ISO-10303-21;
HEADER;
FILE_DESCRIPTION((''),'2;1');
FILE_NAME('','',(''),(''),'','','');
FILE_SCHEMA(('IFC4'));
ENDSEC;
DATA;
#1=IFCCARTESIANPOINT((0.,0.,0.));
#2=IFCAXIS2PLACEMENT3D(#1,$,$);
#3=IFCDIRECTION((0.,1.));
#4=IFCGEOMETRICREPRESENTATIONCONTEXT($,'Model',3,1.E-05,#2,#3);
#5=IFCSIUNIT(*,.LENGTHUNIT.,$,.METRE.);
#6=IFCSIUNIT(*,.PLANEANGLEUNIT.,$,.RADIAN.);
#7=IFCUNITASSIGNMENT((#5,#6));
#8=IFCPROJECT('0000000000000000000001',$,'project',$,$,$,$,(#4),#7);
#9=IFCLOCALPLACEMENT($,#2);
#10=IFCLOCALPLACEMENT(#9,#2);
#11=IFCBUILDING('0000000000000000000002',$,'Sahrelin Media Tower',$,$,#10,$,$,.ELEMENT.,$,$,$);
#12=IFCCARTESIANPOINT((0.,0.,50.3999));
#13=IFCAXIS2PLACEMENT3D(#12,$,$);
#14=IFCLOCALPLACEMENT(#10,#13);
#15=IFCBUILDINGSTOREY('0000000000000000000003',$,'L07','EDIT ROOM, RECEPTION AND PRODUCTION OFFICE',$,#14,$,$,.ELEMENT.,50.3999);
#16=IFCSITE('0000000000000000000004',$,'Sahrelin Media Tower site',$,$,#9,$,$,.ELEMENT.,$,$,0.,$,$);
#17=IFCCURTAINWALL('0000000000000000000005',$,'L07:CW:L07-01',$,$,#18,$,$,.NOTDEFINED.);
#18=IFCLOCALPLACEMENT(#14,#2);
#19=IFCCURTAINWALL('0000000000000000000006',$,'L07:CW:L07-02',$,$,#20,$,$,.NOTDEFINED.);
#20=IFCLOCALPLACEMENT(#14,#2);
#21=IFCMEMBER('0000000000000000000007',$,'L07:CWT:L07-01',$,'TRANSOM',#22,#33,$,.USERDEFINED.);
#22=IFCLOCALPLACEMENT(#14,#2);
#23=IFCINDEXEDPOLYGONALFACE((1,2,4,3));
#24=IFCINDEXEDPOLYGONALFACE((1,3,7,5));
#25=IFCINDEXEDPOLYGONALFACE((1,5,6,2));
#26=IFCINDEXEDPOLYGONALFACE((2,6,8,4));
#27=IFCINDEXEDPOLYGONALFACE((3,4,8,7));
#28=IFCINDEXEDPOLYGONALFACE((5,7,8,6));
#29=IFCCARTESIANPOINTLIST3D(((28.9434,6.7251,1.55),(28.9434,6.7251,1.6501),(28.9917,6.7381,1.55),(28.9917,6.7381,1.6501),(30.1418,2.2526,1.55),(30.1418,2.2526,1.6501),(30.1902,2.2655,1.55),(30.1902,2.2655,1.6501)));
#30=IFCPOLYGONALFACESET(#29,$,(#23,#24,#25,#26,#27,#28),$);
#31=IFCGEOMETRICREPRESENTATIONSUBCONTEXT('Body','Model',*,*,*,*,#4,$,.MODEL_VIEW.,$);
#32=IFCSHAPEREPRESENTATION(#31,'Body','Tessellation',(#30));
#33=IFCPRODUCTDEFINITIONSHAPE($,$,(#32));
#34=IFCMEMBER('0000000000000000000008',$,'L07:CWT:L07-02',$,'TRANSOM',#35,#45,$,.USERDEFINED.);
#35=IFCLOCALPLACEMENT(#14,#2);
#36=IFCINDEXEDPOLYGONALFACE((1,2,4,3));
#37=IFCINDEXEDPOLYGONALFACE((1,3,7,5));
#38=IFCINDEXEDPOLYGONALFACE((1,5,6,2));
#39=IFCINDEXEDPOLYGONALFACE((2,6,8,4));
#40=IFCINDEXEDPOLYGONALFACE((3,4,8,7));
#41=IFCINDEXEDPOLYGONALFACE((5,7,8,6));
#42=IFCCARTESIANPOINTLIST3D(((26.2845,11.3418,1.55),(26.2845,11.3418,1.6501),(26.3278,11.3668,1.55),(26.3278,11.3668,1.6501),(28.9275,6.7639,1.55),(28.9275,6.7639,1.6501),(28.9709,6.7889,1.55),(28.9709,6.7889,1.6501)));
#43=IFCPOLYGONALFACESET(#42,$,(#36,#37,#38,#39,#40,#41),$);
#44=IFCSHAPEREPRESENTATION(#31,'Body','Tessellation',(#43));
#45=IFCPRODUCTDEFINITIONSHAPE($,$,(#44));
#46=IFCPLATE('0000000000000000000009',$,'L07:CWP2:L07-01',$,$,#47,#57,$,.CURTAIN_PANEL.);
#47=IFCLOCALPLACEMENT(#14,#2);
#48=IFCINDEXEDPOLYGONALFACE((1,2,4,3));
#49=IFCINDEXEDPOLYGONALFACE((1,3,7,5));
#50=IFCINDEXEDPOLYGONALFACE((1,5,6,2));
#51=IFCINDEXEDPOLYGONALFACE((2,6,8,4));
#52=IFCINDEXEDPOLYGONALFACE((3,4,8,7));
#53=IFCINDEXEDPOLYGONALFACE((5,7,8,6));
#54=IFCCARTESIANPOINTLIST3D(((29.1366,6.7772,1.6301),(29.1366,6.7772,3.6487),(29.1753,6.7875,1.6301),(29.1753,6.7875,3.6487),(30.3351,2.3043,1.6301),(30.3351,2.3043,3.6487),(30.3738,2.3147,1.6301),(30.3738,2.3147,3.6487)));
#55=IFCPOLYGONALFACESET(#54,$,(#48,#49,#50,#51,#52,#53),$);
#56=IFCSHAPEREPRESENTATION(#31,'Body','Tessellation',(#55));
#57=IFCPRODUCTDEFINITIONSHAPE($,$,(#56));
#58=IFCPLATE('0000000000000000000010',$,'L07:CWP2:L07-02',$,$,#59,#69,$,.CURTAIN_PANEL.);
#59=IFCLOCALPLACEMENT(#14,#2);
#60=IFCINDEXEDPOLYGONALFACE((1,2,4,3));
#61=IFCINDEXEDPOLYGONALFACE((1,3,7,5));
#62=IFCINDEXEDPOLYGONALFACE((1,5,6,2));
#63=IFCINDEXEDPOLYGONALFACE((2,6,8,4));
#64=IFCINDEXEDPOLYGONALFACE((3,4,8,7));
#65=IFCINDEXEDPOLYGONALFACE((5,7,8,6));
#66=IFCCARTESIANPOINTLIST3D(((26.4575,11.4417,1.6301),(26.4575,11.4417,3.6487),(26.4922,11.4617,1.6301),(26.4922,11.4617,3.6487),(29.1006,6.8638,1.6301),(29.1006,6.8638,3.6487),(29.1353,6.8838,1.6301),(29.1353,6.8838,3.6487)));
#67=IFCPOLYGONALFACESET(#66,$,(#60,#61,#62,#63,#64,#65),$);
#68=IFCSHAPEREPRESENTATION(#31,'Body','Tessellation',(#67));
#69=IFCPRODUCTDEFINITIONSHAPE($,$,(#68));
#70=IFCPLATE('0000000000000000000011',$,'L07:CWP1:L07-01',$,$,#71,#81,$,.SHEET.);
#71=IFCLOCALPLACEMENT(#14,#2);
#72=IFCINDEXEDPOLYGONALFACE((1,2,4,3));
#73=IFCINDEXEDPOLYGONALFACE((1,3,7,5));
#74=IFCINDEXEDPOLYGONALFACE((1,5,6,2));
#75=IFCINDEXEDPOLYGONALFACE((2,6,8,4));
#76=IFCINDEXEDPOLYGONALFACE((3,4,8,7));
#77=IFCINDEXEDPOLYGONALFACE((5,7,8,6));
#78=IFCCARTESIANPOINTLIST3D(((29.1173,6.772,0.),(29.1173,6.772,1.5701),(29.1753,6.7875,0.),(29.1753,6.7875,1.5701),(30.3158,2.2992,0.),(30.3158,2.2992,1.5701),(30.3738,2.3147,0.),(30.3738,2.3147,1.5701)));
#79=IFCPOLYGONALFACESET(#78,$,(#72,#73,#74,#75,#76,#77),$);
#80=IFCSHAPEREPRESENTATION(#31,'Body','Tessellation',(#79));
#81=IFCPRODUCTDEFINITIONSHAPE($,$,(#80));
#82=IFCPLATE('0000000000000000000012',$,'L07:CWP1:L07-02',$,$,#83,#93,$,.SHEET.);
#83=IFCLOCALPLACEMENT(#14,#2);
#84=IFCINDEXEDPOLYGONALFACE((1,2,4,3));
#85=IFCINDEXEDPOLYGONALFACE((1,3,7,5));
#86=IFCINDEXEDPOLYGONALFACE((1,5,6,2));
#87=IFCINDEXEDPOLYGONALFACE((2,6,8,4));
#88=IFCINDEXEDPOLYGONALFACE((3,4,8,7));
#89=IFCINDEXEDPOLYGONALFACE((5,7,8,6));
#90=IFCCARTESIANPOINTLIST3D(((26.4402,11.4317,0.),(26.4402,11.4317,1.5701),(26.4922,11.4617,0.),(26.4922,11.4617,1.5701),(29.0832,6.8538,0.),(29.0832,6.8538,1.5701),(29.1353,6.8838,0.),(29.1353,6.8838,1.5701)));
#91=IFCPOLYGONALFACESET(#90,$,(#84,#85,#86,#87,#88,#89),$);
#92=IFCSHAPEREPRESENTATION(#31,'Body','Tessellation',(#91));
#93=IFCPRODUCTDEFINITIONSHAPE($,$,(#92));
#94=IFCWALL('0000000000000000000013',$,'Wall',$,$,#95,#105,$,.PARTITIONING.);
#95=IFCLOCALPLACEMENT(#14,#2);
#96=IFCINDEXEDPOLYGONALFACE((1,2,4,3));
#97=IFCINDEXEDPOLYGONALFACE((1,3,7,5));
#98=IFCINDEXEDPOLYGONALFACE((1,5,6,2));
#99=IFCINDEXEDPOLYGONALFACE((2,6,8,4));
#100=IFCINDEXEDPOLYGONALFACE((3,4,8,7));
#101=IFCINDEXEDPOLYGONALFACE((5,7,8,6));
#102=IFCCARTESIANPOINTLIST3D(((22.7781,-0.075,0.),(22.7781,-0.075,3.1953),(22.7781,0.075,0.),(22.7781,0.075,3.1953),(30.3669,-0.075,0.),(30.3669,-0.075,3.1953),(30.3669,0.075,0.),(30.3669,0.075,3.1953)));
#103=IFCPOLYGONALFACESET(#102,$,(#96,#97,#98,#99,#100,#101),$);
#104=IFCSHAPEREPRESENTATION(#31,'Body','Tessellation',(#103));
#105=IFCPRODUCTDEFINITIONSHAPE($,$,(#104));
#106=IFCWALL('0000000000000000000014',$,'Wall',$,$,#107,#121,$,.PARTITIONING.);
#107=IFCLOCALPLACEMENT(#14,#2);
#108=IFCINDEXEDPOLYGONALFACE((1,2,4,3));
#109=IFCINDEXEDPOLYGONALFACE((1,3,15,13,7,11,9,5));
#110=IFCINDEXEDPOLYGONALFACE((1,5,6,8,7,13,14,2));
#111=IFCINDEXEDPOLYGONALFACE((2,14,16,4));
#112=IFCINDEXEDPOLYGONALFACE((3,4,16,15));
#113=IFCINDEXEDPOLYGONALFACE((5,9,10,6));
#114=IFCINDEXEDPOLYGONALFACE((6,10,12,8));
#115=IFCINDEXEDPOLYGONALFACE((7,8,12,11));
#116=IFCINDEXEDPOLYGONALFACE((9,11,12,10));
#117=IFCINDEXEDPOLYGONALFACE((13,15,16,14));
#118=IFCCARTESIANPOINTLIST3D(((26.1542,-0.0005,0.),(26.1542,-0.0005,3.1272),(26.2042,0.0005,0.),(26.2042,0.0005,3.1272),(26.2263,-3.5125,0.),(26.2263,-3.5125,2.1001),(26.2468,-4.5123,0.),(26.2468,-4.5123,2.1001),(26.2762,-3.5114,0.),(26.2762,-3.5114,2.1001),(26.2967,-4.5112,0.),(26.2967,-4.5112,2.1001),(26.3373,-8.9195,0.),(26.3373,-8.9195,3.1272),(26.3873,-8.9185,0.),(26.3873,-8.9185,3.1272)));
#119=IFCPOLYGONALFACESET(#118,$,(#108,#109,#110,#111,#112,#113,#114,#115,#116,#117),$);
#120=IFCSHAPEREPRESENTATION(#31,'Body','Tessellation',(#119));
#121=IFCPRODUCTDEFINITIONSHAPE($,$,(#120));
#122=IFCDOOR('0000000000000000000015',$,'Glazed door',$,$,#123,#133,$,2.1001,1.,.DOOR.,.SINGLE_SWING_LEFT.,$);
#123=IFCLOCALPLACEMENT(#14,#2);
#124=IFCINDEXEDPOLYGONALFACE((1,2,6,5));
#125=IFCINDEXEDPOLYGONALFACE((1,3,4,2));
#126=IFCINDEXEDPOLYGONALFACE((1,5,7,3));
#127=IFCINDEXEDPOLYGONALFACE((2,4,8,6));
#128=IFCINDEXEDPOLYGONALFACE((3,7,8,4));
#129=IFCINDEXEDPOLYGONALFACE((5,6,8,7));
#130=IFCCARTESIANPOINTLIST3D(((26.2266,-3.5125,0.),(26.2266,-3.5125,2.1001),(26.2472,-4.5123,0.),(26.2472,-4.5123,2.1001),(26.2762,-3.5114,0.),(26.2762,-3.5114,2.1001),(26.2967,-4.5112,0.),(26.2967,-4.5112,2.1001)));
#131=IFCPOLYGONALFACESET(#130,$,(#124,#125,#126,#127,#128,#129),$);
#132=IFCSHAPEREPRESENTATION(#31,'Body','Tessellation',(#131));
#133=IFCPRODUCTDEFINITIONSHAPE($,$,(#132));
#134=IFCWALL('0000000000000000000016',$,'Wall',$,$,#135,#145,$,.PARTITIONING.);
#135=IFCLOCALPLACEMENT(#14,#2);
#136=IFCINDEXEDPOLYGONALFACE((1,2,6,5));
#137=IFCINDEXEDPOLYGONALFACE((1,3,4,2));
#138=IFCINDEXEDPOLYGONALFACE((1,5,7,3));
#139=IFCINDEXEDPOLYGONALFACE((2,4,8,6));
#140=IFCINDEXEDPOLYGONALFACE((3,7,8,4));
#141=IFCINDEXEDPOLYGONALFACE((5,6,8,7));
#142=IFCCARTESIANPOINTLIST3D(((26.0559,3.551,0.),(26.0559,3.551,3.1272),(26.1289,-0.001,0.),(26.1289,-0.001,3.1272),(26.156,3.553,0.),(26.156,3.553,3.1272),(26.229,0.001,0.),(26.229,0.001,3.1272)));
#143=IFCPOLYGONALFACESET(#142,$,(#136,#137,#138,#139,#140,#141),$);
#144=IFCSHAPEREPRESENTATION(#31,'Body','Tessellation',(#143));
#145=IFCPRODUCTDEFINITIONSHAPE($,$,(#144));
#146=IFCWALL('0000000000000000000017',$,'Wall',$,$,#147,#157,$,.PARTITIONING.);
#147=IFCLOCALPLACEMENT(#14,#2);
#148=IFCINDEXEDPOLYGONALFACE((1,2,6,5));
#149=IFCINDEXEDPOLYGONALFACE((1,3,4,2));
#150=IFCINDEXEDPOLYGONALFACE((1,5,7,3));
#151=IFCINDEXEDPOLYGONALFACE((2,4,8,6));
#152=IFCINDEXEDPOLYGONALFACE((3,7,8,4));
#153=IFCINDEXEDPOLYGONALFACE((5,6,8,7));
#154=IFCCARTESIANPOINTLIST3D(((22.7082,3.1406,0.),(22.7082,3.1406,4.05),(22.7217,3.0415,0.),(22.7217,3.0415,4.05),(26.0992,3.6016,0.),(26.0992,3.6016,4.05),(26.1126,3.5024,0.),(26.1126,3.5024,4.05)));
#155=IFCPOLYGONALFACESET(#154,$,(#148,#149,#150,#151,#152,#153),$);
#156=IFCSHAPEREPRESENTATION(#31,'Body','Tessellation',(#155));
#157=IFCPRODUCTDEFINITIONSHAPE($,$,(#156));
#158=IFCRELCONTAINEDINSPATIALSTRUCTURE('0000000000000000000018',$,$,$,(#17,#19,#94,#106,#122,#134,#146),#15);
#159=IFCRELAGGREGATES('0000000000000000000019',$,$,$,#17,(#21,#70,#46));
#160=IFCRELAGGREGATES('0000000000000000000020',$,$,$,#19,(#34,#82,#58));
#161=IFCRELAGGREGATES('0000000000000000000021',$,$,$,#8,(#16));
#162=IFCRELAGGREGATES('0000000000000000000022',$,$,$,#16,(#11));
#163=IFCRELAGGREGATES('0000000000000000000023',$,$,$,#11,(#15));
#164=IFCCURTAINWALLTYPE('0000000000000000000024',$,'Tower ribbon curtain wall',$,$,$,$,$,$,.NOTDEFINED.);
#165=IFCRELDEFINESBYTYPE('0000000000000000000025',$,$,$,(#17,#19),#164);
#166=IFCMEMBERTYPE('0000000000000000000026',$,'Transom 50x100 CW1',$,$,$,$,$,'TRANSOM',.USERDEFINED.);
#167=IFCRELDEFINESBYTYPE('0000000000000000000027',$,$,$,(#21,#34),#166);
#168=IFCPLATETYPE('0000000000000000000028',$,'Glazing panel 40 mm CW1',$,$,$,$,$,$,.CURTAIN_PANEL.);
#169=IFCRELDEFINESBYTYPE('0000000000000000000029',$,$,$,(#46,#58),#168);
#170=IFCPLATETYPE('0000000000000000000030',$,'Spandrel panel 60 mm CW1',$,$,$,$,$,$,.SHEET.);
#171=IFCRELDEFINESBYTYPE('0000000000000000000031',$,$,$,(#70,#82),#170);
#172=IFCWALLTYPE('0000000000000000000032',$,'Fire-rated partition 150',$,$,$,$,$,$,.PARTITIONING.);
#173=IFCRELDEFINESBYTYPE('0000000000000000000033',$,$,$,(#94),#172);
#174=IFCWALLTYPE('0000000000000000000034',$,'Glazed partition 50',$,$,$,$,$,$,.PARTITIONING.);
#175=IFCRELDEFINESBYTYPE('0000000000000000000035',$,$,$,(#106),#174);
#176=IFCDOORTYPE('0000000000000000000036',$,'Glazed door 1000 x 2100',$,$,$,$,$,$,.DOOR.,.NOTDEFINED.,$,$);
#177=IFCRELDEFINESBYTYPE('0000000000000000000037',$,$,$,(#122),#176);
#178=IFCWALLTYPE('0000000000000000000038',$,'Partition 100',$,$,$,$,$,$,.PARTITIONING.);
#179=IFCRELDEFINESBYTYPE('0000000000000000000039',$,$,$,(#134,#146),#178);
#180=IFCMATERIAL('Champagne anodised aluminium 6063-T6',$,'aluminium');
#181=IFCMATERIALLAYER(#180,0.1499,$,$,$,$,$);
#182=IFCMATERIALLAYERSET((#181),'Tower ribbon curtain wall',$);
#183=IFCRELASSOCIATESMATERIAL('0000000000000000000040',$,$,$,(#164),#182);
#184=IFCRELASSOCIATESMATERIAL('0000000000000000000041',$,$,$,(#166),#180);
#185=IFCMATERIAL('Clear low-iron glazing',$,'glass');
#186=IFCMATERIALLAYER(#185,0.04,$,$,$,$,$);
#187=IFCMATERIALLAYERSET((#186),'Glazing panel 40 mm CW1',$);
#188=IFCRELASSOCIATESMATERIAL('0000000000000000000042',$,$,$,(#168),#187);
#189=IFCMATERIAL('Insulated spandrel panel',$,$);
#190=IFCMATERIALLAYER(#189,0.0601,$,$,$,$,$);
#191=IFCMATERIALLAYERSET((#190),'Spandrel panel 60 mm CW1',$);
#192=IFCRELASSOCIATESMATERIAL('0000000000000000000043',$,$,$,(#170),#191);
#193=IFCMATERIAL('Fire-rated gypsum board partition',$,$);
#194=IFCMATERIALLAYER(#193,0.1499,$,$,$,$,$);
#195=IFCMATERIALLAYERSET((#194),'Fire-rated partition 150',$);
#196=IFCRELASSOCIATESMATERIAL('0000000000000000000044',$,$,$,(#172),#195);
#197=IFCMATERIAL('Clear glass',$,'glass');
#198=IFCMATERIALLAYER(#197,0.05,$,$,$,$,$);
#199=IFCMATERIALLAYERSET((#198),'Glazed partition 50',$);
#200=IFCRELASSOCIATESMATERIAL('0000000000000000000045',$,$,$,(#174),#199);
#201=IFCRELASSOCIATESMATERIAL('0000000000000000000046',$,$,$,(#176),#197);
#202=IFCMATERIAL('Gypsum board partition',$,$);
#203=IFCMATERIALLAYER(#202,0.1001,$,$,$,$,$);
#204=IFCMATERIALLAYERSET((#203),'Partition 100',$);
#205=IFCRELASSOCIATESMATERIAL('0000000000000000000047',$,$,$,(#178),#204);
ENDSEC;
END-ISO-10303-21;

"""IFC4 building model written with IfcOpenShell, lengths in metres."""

from ifc_helpers import new_model, si_unit, direction, frame, frame_2d, origin, origin_2d, place, context, subcontext, project, spatial, polyline, rectangle, outline, extrude, material, layer, layer_set, material_profile, profile_set, type_object, element, fill, aggregate, save


model = new_model("IFC4")

# Units and contexts
model_context = context("Model", 3, precision=1e-05, world=origin(), true_north=direction((0.0, 1.0)))
body_context = subcontext(model_context, "Body", "Model", "MODEL_VIEW")
ifc_project = project(units=[si_unit("LENGTHUNIT", "METRE"), si_unit("PLANEANGLEUNIT", "RADIAN")], contexts=[model_context])

# Site, building, storey
site_placement = place(None, origin())
site = spatial("IfcSite", under=ifc_project, at=site_placement, Name="Sahrelin Media Tower site", CompositionType="ELEMENT", RefElevation=0.0)
building_placement = place(site_placement, origin())
building = spatial("IfcBuilding", under=site, at=building_placement, Name="Sahrelin Media Tower", CompositionType="ELEMENT")
storey_placement = place(building_placement, frame((0.0, 0.0, 50.3999)))
storey = spatial("IfcBuildingStorey", under=building, at=storey_placement, Name="L07", Description="EDIT ROOM, RECEPTION AND PRODUCTION OFFICE", CompositionType="ELEMENT", Elevation=50.3999)

# Curtain walls
ifc_material_1 = material(Name="Champagne anodised aluminium 6063-T6", Category="aluminium")
ifc_layer_1 = layer(ifc_material_1, 0.1499)
ifc_layer_set_1 = layer_set([ifc_layer_1], Name="Tower ribbon curtain wall")
curtain_wall_type = type_object("IfcCurtainWallType", Name="Tower ribbon curtain wall", PredefinedType="NOTDEFINED", material=ifc_layer_set_1)
curtain_wall_1_placement = place(storey_placement, frame((29.7551, 4.5459, 0.0), z_axis=(0.0, 0.0, 1.0), x_axis=(1.0, 0.0, 0.0)))
curtain_wall_1 = element("IfcCurtainWall", 1, at=curtain_wall_1_placement, inside=storey, type_object=curtain_wall_type, Name="L07:CW:L07-01", PredefinedType="NOTDEFINED")
curtain_wall_2_placement = place(storey_placement, frame((27.7964, 9.1628, 0.0), z_axis=(0.0, 0.0, 1.0), x_axis=(1.0, 0.0, 0.0)))
curtain_wall_2 = element("IfcCurtainWall", 2, at=curtain_wall_2_placement, inside=storey, type_object=curtain_wall_type, Name="L07:CW:L07-02", PredefinedType="NOTDEFINED")

# Members
ifc_material_profile_1 = material_profile(ifc_material_1, rectangle(XDim=0.05, YDim=0.1001, at=origin_2d()), Name="Transom 50x100")
ifc_profile_set_1 = profile_set([ifc_material_profile_1], Name="Champagne anodised aluminium 6063-T6")
member_type_1 = type_object("IfcMemberType", Name="Transom 50x100 CW1", ElementType="TRANSOM", PredefinedType="USERDEFINED", material=ifc_profile_set_1)
member_1_placement = place(storey_placement, frame((30.166, 2.259, 1.6001), z_axis=(-0.258827, 0.965924, 0.0), x_axis=(-0.965924, -0.258827, 0.0)))
member_1 = element("IfcMember", 3, at=member_1_placement, type_object=member_type_1, Name="L07:CWT:L07-01", ObjectType="TRANSOM", PredefinedType="USERDEFINED", context=body_context, shape_type="SweptSolid", body=[
    extrude(rectangle(XDim=0.05, YDim=0.1001, at=origin_2d()), origin(), (0.0, 0.0, 1.0), 4.6304),
])
member_2_placement = place(storey_placement, frame((28.9492, 6.7764, 1.6001), z_axis=(-0.500004, 0.866023, 0.0), x_axis=(-0.866023, -0.500004, 0.0)))
member_2 = element("IfcMember", 4, at=member_2_placement, type_object=member_type_1, Name="L07:CWT:L07-02", ObjectType="TRANSOM", PredefinedType="USERDEFINED", context=body_context, shape_type="SweptSolid", body=[
    extrude(rectangle(XDim=0.05, YDim=0.1001, at=origin_2d()), origin(), (0.0, 0.0, 1.0), 5.2861),
])

# Plates
ifc_material_2 = material(Name="Clear low-iron glazing", Category="glass")
ifc_layer_2 = layer(ifc_material_2, 0.04)
ifc_layer_set_2 = layer_set([ifc_layer_2], Name="Glazing panel 40 mm CW1")
plate_type_1 = type_object("IfcPlateType", Name="Glazing panel 40 mm CW1", PredefinedType="CURTAIN_PANEL", material=ifc_layer_set_2)
plate_1_placement = place(storey_placement, frame((30.3738, 2.3147, 1.6301), z_axis=(0.965927, 0.258814, 0.0), x_axis=(-0.258814, 0.965927, 0.0)))
plate_1 = element("IfcPlate", 5, at=plate_1_placement, type_object=plate_type_1, Name="L07:CWP2:L07-01", PredefinedType="CURTAIN_PANEL", context=body_context, shape_type="SweptSolid", body=[
    extrude(outline(polyline([(0.0, 0.0), (4.6306, 0.0), (4.6306, 2.0186), (0.0, 2.0186), (0.0, 0.0)])), origin(), (0.0, 0.0, -1.0), 0.04),
])
plate_2_placement = place(storey_placement, frame((29.1353, 6.8838, 1.6301), z_axis=(0.866023, 0.500004, 0.0), x_axis=(-0.500004, 0.866023, 0.0)))
plate_2 = element("IfcPlate", 6, at=plate_2_placement, type_object=plate_type_1, Name="L07:CWP2:L07-02", PredefinedType="CURTAIN_PANEL", context=body_context, shape_type="SweptSolid", body=[
    extrude(outline(polyline([(0.0, 0.0), (5.2861, 0.0), (5.2861, 2.0186), (0.0, 2.0186), (0.0, 0.0)])), origin(), (0.0, 0.0, -1.0), 0.04),
])
ifc_material_3 = material(Name="Insulated spandrel panel")
ifc_layer_3 = layer(ifc_material_3, 0.0601)
ifc_layer_set_3 = layer_set([ifc_layer_3], Name="Spandrel panel 60 mm CW1")
plate_type_2 = type_object("IfcPlateType", Name="Spandrel panel 60 mm CW1", PredefinedType="SHEET", material=ifc_layer_set_3)
plate_3_placement = place(storey_placement, frame((30.3738, 2.3147, 0.0), z_axis=(0.965927, 0.258814, 0.0), x_axis=(-0.258814, 0.965927, 0.0)))
plate_3 = element("IfcPlate", 7, at=plate_3_placement, type_object=plate_type_2, Name="L07:CWP1:L07-01", PredefinedType="SHEET", context=body_context, shape_type="SweptSolid", body=[
    extrude(outline(polyline([(0.0, 0.0), (4.6306, 0.0), (4.6306, 1.5701), (0.0, 1.5701), (0.0, 0.0)])), origin(), (0.0, 0.0, -1.0), 0.0601),
])
aggregate(curtain_wall_1, [member_1, plate_3, plate_1])
plate_4_placement = place(storey_placement, frame((29.1353, 6.8838, 0.0), z_axis=(0.866023, 0.500004, 0.0), x_axis=(-0.500004, 0.866023, 0.0)))
plate_4 = element("IfcPlate", 8, at=plate_4_placement, type_object=plate_type_2, Name="L07:CWP1:L07-02", PredefinedType="SHEET", context=body_context, shape_type="SweptSolid", body=[
    extrude(outline(polyline([(0.0, 0.0), (5.2861, 0.0), (5.2861, 1.5701), (0.0, 1.5701), (0.0, 0.0)])), origin(), (0.0, 0.0, -1.0), 0.0601),
])
aggregate(curtain_wall_2, [member_2, plate_4, plate_2])

# Wall
ifc_material_4 = material(Name="Fire-rated gypsum board partition")
ifc_layer_4 = layer(ifc_material_4, 0.1499)
ifc_layer_set_4 = layer_set([ifc_layer_4], Name="Fire-rated partition 150")
wall_type_1 = type_object("IfcWallType", Name="Fire-rated partition 150", PredefinedType="PARTITIONING", material=ifc_layer_set_4)
wall_1_placement = place(storey_placement, frame((22.7781, 0.0, 0.0), z_axis=(0.0, 0.0, 1.0), x_axis=(1.0, 0.0, 0.0)))
element("IfcWall", 9, at=wall_1_placement, inside=storey, type_object=wall_type_1, Name="Wall", PredefinedType="PARTITIONING", context=body_context, shape_type="SweptSolid", body=[
    extrude(rectangle(XDim=7.5889, YDim=0.1499, at=frame_2d((3.7944, 0.0))), origin(), (0.0, 0.0, 1.0), 3.1953),
])

# Wall, opening, door
ifc_material_5 = material(Name="Clear glass", Category="glass")
ifc_layer_5 = layer(ifc_material_5, 0.05)
ifc_layer_set_5 = layer_set([ifc_layer_5], Name="Glazed partition 50")
wall_type_2 = type_object("IfcWallType", Name="Glazed partition 50", PredefinedType="PARTITIONING", material=ifc_layer_set_5)
wall_2_placement = place(storey_placement, frame((26.1792, 0.0, 0.0), z_axis=(0.0, 0.0, 1.0), x_axis=(0.020526, -0.999789, 0.0)))
wall_2 = element("IfcWall", 10, at=wall_2_placement, inside=storey, type_object=wall_type_2, Name="Wall", PredefinedType="PARTITIONING", context=body_context, shape_type="SweptSolid", body=[
    extrude(rectangle(XDim=8.9209, YDim=0.05, at=frame_2d((4.4604, 0.0))), origin(), (0.0, 0.0, 1.0), 3.1272),
])
opening_placement = place(wall_2_placement, frame((3.5127, 0.0, 0.0)))
opening = element("IfcOpeningElement", 11, at=opening_placement, cuts=wall_2, PredefinedType="OPENING", context=body_context, shape_type="SweptSolid", body=[
    extrude(rectangle(XDim=1.0, YDim=2.1001, at=frame_2d((0.5, 1.05))), frame((0.0, 0.0249, 0.0), z_axis=(0.0, -1.0, 0.0), x_axis=(1.0, 0.0, 0.0)), (0.0, 0.0, 1.0), 0.05),
])
door_type = type_object("IfcDoorType", Name="Glazed door 1000 x 2100", OperationType="NOTDEFINED", PredefinedType="DOOR", material=ifc_material_5)
door_placement = place(opening_placement, origin())
door = element("IfcDoor", 12, at=door_placement, inside=storey, type_object=door_type, Name="Glazed door", OperationType="SINGLE_SWING_LEFT", OverallHeight=2.1001, OverallWidth=1.0, PredefinedType="DOOR", context=body_context, shape_type="SweptSolid", body=[
    extrude(rectangle(XDim=1.0, YDim=2.1001, at=frame_2d((0.5, 1.05))), frame((0.0, 0.0249, 0.0), z_axis=(0.0, -1.0, 0.0), x_axis=(1.0, 0.0, 0.0)), (0.0, 0.0, 1.0), 0.0496),
])
fill(opening, door)

# Walls
ifc_material_6 = material(Name="Gypsum board partition")
ifc_layer_6 = layer(ifc_material_6, 0.1001)
ifc_layer_set_6 = layer_set([ifc_layer_6], Name="Partition 100")
wall_type_3 = type_object("IfcWallType", Name="Partition 100", PredefinedType="PARTITIONING", material=ifc_layer_set_6)
wall_3_placement = place(storey_placement, frame((26.106, 3.552, 0.0), z_axis=(0.0, 0.0, 1.0), x_axis=(0.020547, -0.999789, 0.0)))
element("IfcWall", 13, at=wall_3_placement, inside=storey, type_object=wall_type_3, Name="Wall", PredefinedType="PARTITIONING", context=body_context, shape_type="SweptSolid", body=[
    extrude(rectangle(XDim=3.5527, YDim=0.1001, at=frame_2d((1.7764, 0.0))), origin(), (0.0, 0.0, 1.0), 3.1272),
])
wall_4_placement = place(storey_placement, frame((22.7151, 3.0911, 0.0), z_axis=(0.0, 0.0, 1.0), x_axis=(0.990887, 0.134696, 0.0)))
element("IfcWall", 14, at=wall_4_placement, inside=storey, type_object=wall_type_3, Name="Wall", PredefinedType="PARTITIONING", context=body_context, shape_type="SweptSolid", body=[
    extrude(rectangle(XDim=3.4221, YDim=0.1001, at=frame_2d((1.7109, 0.0))), origin(), (0.0, 0.0, 1.0), 4.05),
])

save(model, "model.ifc")
